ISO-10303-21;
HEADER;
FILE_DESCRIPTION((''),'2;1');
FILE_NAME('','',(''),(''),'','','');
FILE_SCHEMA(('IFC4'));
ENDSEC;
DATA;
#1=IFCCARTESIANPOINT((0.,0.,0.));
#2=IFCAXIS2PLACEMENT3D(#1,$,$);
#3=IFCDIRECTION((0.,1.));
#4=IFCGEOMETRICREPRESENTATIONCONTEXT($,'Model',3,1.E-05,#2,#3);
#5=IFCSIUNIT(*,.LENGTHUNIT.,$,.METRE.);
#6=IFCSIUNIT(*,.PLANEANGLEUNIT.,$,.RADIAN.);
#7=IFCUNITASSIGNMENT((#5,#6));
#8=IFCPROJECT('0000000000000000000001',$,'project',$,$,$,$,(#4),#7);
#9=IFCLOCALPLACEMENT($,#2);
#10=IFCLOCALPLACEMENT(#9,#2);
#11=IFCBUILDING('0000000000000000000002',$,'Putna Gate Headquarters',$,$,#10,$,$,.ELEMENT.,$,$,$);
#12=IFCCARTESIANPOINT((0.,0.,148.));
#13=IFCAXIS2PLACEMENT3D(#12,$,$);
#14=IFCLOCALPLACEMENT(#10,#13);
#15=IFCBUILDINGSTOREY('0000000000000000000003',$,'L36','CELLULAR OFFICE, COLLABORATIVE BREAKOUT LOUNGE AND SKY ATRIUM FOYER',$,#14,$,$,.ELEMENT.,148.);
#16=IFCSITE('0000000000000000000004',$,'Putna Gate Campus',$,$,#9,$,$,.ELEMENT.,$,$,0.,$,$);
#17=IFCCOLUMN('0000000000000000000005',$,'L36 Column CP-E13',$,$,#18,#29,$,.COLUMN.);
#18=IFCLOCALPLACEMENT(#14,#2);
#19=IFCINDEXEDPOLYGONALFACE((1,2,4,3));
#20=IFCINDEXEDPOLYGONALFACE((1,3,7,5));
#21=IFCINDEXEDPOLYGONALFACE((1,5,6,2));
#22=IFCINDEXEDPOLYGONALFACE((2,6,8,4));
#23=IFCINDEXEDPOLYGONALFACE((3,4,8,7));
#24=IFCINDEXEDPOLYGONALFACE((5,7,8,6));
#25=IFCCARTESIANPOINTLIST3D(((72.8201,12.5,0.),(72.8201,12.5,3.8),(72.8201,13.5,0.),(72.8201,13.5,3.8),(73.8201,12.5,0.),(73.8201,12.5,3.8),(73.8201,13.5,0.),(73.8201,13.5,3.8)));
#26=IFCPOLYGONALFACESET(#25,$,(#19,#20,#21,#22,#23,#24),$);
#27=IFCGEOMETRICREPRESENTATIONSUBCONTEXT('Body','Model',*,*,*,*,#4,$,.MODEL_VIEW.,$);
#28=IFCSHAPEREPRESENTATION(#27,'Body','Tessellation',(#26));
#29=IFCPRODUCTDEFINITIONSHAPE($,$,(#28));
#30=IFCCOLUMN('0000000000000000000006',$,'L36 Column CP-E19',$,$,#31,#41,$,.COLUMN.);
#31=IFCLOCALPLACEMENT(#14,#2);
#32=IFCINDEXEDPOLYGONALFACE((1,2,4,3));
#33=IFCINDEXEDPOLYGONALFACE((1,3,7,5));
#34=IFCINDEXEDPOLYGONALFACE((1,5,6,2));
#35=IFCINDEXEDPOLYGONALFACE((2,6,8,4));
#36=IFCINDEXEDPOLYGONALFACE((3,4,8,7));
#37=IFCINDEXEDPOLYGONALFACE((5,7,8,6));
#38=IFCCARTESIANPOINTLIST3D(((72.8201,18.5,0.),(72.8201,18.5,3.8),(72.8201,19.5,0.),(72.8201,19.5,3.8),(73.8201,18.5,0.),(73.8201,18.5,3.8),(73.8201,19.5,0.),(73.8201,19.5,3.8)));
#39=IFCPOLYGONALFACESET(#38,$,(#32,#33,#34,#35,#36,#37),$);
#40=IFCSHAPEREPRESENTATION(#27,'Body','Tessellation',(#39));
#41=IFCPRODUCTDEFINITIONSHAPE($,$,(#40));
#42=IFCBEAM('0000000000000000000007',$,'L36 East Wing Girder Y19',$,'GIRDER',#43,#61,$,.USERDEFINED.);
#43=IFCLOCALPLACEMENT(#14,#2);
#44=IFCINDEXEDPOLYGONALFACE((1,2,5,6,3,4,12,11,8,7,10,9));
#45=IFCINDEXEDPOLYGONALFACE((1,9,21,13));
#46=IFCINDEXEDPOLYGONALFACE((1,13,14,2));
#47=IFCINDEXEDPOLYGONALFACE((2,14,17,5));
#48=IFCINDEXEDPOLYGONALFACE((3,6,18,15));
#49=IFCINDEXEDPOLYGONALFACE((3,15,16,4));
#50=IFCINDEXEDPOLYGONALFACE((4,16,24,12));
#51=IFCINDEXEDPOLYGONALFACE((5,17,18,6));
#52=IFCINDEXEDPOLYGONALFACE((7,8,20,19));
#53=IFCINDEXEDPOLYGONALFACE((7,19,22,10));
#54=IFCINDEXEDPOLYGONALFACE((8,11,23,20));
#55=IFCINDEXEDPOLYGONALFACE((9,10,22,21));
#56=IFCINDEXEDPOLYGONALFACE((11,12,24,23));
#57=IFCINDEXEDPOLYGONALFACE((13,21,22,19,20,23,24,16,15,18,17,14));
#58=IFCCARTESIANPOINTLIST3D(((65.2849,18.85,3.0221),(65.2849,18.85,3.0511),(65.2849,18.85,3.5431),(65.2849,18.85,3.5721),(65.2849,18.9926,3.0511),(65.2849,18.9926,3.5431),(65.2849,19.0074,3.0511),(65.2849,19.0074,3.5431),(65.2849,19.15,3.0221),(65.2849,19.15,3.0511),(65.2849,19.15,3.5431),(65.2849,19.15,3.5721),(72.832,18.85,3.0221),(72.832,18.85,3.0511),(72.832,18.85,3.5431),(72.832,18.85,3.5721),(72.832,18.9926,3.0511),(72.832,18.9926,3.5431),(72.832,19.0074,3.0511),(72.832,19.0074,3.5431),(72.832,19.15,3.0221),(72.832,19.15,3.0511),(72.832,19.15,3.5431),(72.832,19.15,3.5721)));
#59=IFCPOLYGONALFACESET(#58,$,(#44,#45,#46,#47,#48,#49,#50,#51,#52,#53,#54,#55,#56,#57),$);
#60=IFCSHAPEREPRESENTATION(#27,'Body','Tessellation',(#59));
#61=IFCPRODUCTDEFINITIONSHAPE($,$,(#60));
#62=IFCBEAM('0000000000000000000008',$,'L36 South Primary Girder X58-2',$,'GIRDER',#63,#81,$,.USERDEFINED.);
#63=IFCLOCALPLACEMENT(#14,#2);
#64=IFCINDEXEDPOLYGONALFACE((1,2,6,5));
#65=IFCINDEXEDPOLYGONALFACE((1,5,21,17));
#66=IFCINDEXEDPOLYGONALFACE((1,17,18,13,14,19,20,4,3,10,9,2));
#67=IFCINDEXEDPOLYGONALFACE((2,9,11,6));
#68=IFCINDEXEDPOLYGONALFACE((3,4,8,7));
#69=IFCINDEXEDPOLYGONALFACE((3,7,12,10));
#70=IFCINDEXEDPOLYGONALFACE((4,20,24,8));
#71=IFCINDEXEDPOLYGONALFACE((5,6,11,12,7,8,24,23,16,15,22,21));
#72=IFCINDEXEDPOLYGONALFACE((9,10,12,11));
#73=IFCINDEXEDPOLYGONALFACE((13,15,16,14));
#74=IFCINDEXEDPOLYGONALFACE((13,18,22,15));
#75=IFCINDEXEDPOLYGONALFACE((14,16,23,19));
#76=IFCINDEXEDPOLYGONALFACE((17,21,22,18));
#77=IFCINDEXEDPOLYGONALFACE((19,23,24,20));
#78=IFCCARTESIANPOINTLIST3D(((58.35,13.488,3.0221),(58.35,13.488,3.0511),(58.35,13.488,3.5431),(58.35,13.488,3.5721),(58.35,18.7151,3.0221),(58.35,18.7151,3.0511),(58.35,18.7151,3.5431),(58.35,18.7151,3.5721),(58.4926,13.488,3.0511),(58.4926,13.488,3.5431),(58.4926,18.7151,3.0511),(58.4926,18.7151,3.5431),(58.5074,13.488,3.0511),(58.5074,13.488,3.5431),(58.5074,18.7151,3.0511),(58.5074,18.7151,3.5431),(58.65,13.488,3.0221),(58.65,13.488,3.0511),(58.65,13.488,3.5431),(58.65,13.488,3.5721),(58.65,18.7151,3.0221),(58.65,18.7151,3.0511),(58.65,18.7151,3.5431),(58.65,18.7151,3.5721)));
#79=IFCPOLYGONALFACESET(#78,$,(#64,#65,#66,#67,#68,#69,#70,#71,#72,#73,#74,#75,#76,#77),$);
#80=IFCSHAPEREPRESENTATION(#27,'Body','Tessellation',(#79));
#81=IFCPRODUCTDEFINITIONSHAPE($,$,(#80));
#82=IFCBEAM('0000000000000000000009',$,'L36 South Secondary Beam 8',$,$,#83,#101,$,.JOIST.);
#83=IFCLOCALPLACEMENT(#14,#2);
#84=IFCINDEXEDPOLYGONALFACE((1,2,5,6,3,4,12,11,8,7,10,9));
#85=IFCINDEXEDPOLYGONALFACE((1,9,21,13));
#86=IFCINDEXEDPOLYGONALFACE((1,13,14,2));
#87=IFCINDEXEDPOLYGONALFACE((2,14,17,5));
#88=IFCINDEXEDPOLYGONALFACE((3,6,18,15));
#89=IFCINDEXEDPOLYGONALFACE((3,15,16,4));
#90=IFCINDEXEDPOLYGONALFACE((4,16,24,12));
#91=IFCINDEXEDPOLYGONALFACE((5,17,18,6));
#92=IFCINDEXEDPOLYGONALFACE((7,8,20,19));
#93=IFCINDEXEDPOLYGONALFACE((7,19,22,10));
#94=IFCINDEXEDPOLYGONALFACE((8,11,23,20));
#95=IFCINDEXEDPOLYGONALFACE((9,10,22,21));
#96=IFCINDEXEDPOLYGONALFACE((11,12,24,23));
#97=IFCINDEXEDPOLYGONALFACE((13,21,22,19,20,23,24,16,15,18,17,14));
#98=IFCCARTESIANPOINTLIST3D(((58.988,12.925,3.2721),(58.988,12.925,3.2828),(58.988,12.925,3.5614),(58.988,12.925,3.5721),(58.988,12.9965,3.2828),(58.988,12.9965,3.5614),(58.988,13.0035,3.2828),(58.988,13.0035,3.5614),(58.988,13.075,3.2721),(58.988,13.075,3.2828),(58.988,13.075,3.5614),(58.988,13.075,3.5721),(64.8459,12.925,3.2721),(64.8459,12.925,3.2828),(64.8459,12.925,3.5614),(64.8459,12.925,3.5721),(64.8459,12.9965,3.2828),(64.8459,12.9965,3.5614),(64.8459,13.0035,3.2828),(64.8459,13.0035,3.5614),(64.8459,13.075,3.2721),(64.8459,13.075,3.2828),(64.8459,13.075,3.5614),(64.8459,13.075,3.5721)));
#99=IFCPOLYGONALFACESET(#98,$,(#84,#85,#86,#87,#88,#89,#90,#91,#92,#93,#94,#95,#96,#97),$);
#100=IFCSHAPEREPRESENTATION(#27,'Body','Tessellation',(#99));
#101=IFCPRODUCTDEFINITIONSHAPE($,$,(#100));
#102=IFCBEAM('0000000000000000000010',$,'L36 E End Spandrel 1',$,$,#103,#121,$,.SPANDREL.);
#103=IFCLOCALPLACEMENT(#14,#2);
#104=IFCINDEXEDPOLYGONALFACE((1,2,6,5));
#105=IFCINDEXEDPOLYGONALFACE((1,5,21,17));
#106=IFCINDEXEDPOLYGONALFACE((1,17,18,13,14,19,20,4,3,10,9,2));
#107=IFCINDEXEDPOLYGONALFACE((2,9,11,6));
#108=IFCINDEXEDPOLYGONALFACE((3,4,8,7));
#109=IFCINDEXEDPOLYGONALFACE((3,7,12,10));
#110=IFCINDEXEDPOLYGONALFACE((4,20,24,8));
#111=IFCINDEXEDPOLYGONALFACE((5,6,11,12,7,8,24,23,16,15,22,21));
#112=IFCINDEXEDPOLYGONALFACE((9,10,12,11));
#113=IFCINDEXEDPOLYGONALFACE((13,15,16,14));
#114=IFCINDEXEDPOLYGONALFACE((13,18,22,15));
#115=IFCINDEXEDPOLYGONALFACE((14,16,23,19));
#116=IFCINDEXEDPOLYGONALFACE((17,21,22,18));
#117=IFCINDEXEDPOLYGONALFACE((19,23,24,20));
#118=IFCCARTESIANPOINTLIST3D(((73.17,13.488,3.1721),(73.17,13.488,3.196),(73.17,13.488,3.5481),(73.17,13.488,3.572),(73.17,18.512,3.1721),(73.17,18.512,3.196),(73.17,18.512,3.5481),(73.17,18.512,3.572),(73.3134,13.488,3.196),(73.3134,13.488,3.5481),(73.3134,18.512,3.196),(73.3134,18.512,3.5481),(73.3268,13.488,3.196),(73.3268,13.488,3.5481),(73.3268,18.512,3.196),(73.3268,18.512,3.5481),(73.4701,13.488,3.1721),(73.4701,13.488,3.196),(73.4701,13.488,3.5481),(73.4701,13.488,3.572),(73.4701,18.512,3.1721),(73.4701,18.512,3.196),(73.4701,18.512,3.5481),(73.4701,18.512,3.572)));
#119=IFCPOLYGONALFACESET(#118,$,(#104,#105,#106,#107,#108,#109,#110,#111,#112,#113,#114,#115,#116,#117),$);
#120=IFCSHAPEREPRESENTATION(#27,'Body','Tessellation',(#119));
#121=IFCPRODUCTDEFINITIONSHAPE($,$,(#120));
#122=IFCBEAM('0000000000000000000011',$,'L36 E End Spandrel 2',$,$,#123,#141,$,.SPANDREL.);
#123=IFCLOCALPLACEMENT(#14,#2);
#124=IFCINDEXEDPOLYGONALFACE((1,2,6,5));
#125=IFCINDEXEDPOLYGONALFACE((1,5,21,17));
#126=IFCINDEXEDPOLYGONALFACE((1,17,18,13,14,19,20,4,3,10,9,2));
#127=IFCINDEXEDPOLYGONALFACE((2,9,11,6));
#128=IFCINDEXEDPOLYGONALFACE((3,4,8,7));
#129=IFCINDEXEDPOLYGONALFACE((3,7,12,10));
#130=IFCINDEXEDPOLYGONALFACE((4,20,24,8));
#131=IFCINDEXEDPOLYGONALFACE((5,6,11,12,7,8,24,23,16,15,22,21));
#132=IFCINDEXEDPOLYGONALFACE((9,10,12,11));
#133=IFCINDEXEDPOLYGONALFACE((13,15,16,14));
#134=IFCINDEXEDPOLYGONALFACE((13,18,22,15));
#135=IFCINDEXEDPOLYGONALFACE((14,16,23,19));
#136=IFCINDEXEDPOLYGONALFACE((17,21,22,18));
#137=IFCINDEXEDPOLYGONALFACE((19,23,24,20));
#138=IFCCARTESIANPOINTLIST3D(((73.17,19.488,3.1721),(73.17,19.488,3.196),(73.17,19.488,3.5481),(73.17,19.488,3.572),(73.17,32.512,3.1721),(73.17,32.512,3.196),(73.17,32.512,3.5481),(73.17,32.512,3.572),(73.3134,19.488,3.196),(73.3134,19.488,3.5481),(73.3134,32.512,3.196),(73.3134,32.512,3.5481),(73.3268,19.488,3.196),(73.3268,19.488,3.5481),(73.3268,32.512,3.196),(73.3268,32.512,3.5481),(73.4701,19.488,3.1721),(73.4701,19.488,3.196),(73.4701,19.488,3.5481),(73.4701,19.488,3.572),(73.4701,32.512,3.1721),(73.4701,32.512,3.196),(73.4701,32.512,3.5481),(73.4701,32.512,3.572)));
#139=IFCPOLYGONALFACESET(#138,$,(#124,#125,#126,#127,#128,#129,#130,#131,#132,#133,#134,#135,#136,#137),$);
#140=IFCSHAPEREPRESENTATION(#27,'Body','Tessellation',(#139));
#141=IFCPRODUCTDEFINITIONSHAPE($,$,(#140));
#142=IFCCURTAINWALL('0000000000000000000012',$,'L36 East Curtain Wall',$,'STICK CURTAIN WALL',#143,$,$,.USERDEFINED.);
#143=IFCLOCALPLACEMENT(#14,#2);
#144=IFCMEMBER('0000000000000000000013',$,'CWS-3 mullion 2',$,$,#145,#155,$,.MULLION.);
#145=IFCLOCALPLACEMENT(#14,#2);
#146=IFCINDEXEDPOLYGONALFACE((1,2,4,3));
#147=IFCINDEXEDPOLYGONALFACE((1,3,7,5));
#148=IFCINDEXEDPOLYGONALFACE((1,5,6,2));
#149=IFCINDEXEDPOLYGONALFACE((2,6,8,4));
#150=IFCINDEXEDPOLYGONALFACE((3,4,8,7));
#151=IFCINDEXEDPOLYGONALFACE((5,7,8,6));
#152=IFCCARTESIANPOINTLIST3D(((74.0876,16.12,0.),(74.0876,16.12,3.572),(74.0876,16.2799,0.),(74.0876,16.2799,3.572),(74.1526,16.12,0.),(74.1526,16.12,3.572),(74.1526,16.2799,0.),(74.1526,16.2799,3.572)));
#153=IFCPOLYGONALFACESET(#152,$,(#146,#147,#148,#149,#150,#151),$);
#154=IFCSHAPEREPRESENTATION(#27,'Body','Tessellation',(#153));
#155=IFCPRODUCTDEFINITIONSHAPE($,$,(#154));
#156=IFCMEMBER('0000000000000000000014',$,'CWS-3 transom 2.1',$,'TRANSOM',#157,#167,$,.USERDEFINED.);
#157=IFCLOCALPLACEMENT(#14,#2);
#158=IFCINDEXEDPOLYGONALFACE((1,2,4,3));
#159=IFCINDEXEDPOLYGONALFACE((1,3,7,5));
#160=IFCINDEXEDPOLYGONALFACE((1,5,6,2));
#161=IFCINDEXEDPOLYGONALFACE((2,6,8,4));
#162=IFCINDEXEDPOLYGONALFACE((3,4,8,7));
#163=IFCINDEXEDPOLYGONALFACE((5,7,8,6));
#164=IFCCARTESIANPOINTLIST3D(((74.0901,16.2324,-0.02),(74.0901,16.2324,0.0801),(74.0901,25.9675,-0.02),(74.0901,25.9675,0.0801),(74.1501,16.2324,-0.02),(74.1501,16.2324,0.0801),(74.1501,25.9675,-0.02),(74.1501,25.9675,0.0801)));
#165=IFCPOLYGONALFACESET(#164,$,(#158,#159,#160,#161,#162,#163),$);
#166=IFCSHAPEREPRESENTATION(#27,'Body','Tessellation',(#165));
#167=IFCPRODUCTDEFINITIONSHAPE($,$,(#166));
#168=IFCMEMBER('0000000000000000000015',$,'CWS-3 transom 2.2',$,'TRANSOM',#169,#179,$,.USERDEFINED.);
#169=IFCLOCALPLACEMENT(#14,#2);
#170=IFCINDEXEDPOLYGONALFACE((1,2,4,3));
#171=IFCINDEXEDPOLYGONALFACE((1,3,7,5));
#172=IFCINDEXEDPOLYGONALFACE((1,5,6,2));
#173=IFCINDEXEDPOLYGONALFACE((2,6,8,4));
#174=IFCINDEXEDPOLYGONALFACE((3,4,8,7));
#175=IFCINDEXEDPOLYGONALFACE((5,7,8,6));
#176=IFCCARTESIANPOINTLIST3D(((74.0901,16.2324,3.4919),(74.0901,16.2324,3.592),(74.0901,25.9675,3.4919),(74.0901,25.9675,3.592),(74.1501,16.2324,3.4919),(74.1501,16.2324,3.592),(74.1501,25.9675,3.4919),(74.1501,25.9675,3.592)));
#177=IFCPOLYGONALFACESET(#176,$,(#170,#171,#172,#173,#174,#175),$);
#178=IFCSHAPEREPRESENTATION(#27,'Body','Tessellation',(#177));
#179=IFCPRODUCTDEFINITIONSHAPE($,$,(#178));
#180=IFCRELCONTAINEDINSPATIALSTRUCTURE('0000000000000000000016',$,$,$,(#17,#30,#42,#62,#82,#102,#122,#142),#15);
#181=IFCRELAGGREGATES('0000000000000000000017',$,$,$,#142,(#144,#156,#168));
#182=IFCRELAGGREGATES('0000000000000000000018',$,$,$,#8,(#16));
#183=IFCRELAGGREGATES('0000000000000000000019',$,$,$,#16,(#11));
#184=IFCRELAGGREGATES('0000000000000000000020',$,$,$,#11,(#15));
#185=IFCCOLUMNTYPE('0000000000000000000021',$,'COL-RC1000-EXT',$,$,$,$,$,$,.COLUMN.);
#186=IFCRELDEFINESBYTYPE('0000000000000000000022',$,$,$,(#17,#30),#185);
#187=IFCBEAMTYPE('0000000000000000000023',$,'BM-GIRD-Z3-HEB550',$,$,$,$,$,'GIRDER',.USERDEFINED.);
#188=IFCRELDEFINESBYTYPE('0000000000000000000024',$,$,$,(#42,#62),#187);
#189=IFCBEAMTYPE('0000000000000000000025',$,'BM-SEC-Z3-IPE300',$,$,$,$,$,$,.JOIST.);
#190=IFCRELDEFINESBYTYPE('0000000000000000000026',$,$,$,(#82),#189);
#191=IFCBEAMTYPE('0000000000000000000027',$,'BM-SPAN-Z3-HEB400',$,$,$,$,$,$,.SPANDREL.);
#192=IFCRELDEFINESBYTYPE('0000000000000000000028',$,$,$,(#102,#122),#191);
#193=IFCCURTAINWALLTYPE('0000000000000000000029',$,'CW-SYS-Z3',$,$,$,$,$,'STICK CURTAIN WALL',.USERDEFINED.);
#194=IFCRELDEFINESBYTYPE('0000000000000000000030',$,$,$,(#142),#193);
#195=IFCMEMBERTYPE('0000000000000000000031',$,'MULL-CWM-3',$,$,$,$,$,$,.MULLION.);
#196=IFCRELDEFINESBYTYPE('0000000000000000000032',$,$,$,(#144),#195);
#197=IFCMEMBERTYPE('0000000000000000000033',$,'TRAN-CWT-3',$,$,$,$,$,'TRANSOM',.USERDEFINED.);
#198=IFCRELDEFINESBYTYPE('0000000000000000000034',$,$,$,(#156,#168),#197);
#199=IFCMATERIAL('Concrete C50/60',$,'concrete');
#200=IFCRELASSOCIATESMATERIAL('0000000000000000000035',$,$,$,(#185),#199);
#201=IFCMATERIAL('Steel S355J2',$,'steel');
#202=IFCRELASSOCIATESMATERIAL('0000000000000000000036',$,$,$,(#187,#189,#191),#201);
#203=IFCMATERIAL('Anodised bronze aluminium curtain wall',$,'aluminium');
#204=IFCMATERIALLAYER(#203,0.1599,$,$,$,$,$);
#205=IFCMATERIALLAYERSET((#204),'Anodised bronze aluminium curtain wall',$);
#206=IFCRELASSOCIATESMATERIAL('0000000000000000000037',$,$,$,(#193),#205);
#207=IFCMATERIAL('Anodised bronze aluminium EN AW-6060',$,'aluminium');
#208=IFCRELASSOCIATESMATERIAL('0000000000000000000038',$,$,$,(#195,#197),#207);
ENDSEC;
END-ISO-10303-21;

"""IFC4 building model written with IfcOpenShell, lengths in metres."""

from ifc_helpers import new_model, si_unit, direction, frame, origin, origin_2d, place, context, subcontext, project, spatial, rectangle, i_section, extrude, material, layer, layer_set, material_profile, profile_set, type_object, element, aggregate, save


model = new_model("IFC4")

# Units and contexts
model_context = context("Model", 3, precision=1e-05, world=origin(), true_north=direction((0.0, 1.0)))
body_context = subcontext(model_context, "Body", "Model", "MODEL_VIEW")
ifc_project = project(units=[si_unit("LENGTHUNIT", "METRE"), si_unit("PLANEANGLEUNIT", "RADIAN")], contexts=[model_context])

# Site, building, storey
site_placement = place(None, origin())
site = spatial("IfcSite", under=ifc_project, at=site_placement, Name="Putna Gate Campus", CompositionType="ELEMENT", RefElevation=0.0)
building_placement = place(site_placement, origin())
building = spatial("IfcBuilding", under=site, at=building_placement, Name="Putna Gate Headquarters", CompositionType="ELEMENT")
storey_placement = place(building_placement, frame((0.0, 0.0, 148.0)))
storey = spatial("IfcBuildingStorey", under=building, at=storey_placement, Name="L36", Description="CELLULAR OFFICE, COLLABORATIVE BREAKOUT LOUNGE AND SKY ATRIUM FOYER", CompositionType="ELEMENT", Elevation=148.0)

# Columns
ifc_material_1 = material(Name="Concrete C50/60", Category="concrete")
ifc_material_profile_1 = material_profile(ifc_material_1, rectangle(XDim=1.0, YDim=1.0, at=origin_2d()), Name="Concrete C50/60")
ifc_profile_set_1 = profile_set([ifc_material_profile_1], Name="Concrete C50/60")
column_type = type_object("IfcColumnType", Name="COL-RC1000-EXT", PredefinedType="COLUMN", material=ifc_profile_set_1)
for number, where, z_axis, x_axis, name in (
    (1, (73.3201, 13.0, 0.0), (0.0, 0.0, 1.0), (1.0, 0.0, 0.0), "L36 Column CP-E13"),
    (2, (73.3201, 19.0, 0.0), (0.0, 0.0, 1.0), (1.0, 0.0, 0.0), "L36 Column CP-E19"),
):
    element("IfcColumn", number, at=place(storey_placement, frame(where, z_axis=z_axis, x_axis=x_axis)), inside=storey, type_object=column_type, Name=name, PredefinedType="COLUMN", context=body_context, shape_type="SweptSolid", body=[
        extrude(rectangle(XDim=1.0, YDim=1.0, at=origin_2d()), origin(), (0.0, 0.0, 1.0), 3.8),
    ])

# Beams
ifc_material_2 = material(Name="Steel S355J2", Category="steel")
ifc_material_profile_2 = material_profile(ifc_material_2, i_section(OverallWidth=0.3, OverallDepth=0.55, WebThickness=0.0149, FlangeThickness=0.0291, at=origin_2d()), Name="Steel S355J2")
ifc_profile_set_2 = profile_set([ifc_material_profile_2], Name="Steel S355J2")
beam_type_1 = type_object("IfcBeamType", Name="BM-GIRD-Z3-HEB550", ElementType="GIRDER", PredefinedType="USERDEFINED", material=ifc_profile_set_2)
beam_1_placement = place(storey_placement, frame((65.2849, 19.0, 3.2971), z_axis=(1.0, 0.0, 0.0), x_axis=(0.0, 1.0, 0.0)))
element("IfcBeam", 3, at=beam_1_placement, inside=storey, type_object=beam_type_1, Name="L36 East Wing Girder Y19", ObjectType="GIRDER", PredefinedType="USERDEFINED", context=body_context, shape_type="SweptSolid", body=[
    extrude(i_section(OverallWidth=0.3, OverallDepth=0.55, WebThickness=0.0149, FlangeThickness=0.0291, at=origin_2d()), origin(), (0.0, 0.0, 1.0), 7.5471),
])
beam_2_placement = place(storey_placement, frame((58.5, 13.488, 3.2971), z_axis=(0.0, 1.0, 0.0), x_axis=(-1.0, 0.0, 0.0)))
element("IfcBeam", 4, at=beam_2_placement, inside=storey, type_object=beam_type_1, Name="L36 South Primary Girder X58-2", ObjectType="GIRDER", PredefinedType="USERDEFINED", context=body_context, shape_type="SweptSolid", body=[
    extrude(i_section(OverallWidth=0.3, OverallDepth=0.55, WebThickness=0.0149, FlangeThickness=0.0291, at=origin_2d()), origin(), (0.0, 0.0, 1.0), 5.2271),
])
ifc_material_profile_3 = material_profile(ifc_material_2, i_section(OverallWidth=0.1499, OverallDepth=0.3, WebThickness=0.0071, FlangeThickness=0.0107, at=origin_2d()), Name="Steel S355J2")
ifc_profile_set_3 = profile_set([ifc_material_profile_3], Name="Steel S355J2")
beam_type_2 = type_object("IfcBeamType", Name="BM-SEC-Z3-IPE300", PredefinedType="JOIST", material=ifc_profile_set_3)
beam_3_placement = place(storey_placement, frame((58.988, 13.0, 3.4221), z_axis=(1.0, 0.0, 0.0), x_axis=(0.0, 1.0, 0.0)))
element("IfcBeam", 5, at=beam_3_placement, inside=storey, type_object=beam_type_2, Name="L36 South Secondary Beam 8", PredefinedType="JOIST", context=body_context, shape_type="SweptSolid", body=[
    extrude(i_section(OverallWidth=0.1499, OverallDepth=0.3, WebThickness=0.0071, FlangeThickness=0.0107, at=origin_2d()), origin(), (0.0, 0.0, 1.0), 5.8579),
])
ifc_material_profile_4 = material_profile(ifc_material_2, i_section(OverallWidth=0.3, OverallDepth=0.3999, WebThickness=0.0134, FlangeThickness=0.0239, at=origin_2d()), Name="Steel S355J2")
ifc_profile_set_4 = profile_set([ifc_material_profile_4], Name="Steel S355J2")
beam_type_3 = type_object("IfcBeamType", Name="BM-SPAN-Z3-HEB400", PredefinedType="SPANDREL", material=ifc_profile_set_4)
beam_4_placement = place(storey_placement, frame((73.3201, 13.488, 3.3721), z_axis=(0.0, 1.0, 0.0), x_axis=(-1.0, 0.0, 0.0)))
element("IfcBeam", 6, at=beam_4_placement, inside=storey, type_object=beam_type_3, Name="L36 E End Spandrel 1", PredefinedType="SPANDREL", context=body_context, shape_type="SweptSolid", body=[
    extrude(i_section(OverallWidth=0.3, OverallDepth=0.3999, WebThickness=0.0134, FlangeThickness=0.0239, at=origin_2d()), origin(), (0.0, 0.0, 1.0), 5.0239),
])
beam_5_placement = place(storey_placement, frame((73.3201, 19.488, 3.3721), z_axis=(0.0, 1.0, 0.0), x_axis=(-1.0, 0.0, 0.0)))
element("IfcBeam", 7, at=beam_5_placement, inside=storey, type_object=beam_type_3, Name="L36 E End Spandrel 2", PredefinedType="SPANDREL", context=body_context, shape_type="SweptSolid", body=[
    extrude(i_section(OverallWidth=0.3, OverallDepth=0.3999, WebThickness=0.0134, FlangeThickness=0.0239, at=origin_2d()), origin(), (0.0, 0.0, 1.0), 13.0239),
])

# Curtain wall, members
ifc_material_3 = material(Name="Anodised bronze aluminium curtain wall", Category="aluminium")
ifc_layer_1 = layer(ifc_material_3, 0.1599)
ifc_layer_set_1 = layer_set([ifc_layer_1], Name="Anodised bronze aluminium curtain wall")
curtain_wall_type = type_object("IfcCurtainWallType", Name="CW-SYS-Z3", ElementType="STICK CURTAIN WALL", PredefinedType="USERDEFINED", material=ifc_layer_set_1)
curtain_wall_placement = place(storey_placement, origin())
curtain_wall = element("IfcCurtainWall", 8, at=curtain_wall_placement, inside=storey, type_object=curtain_wall_type, Name="L36 East Curtain Wall", ObjectType="STICK CURTAIN WALL", PredefinedType="USERDEFINED")
ifc_material_4 = material(Name="Anodised bronze aluminium EN AW-6060", Category="aluminium")
ifc_material_profile_5 = material_profile(ifc_material_4, rectangle(XDim=0.0649, YDim=0.1599, at=origin_2d()), Name="Anodised bronze aluminium EN AW-6060")
ifc_profile_set_5 = profile_set([ifc_material_profile_5], Name="Anodised bronze aluminium EN AW-6060")
member_type_1 = type_object("IfcMemberType", Name="MULL-CWM-3", PredefinedType="MULLION", material=ifc_profile_set_5)
member_1_placement = place(storey_placement, frame((74.1201, 16.2, 0.0), z_axis=(0.0, 0.0, 1.0), x_axis=(-1.0, 0.0, 0.0)))
member_1 = element("IfcMember", 9, at=member_1_placement, type_object=member_type_1, Name="CWS-3 mullion 2", PredefinedType="MULLION", context=body_context, shape_type="SweptSolid", body=[
    extrude(rectangle(XDim=0.0649, YDim=0.1599, at=origin_2d()), origin(), (0.0, 0.0, 1.0), 3.572),
])
ifc_material_profile_6 = material_profile(ifc_material_4, rectangle(XDim=0.0601, YDim=0.1001, at=origin_2d()), Name="Anodised bronze aluminium EN AW-6060")
ifc_profile_set_6 = profile_set([ifc_material_profile_6], Name="Anodised bronze aluminium EN AW-6060")
member_type_2 = type_object("IfcMemberType", Name="TRAN-CWT-3", ElementType="TRANSOM", PredefinedType="USERDEFINED", material=ifc_profile_set_6)
member_2_placement = place(storey_placement, frame((74.1201, 16.2324, 0.03), z_axis=(0.0, 1.0, 0.0), x_axis=(-1.0, 0.0, 0.0)))
member_2 = element("IfcMember", 10, at=member_2_placement, type_object=member_type_2, Name="CWS-3 transom 2.1", ObjectType="TRANSOM", PredefinedType="USERDEFINED", context=body_context, shape_type="SweptSolid", body=[
    extrude(rectangle(XDim=0.0601, YDim=0.1001, at=origin_2d()), origin(), (0.0, 0.0, 1.0), 9.7351),
])
member_3_placement = place(storey_placement, frame((74.1201, 16.2324, 3.542), z_axis=(0.0, 1.0, 0.0), x_axis=(-1.0, 0.0, 0.0)))
member_3 = element("IfcMember", 11, at=member_3_placement, type_object=member_type_2, Name="CWS-3 transom 2.2", ObjectType="TRANSOM", PredefinedType="USERDEFINED", context=body_context, shape_type="SweptSolid", body=[
    extrude(rectangle(XDim=0.0601, YDim=0.1001, at=origin_2d()), origin(), (0.0, 0.0, 1.0), 9.7351),
])
aggregate(curtain_wall, [member_1, member_2, member_3])

save(model, "model.ifc")
